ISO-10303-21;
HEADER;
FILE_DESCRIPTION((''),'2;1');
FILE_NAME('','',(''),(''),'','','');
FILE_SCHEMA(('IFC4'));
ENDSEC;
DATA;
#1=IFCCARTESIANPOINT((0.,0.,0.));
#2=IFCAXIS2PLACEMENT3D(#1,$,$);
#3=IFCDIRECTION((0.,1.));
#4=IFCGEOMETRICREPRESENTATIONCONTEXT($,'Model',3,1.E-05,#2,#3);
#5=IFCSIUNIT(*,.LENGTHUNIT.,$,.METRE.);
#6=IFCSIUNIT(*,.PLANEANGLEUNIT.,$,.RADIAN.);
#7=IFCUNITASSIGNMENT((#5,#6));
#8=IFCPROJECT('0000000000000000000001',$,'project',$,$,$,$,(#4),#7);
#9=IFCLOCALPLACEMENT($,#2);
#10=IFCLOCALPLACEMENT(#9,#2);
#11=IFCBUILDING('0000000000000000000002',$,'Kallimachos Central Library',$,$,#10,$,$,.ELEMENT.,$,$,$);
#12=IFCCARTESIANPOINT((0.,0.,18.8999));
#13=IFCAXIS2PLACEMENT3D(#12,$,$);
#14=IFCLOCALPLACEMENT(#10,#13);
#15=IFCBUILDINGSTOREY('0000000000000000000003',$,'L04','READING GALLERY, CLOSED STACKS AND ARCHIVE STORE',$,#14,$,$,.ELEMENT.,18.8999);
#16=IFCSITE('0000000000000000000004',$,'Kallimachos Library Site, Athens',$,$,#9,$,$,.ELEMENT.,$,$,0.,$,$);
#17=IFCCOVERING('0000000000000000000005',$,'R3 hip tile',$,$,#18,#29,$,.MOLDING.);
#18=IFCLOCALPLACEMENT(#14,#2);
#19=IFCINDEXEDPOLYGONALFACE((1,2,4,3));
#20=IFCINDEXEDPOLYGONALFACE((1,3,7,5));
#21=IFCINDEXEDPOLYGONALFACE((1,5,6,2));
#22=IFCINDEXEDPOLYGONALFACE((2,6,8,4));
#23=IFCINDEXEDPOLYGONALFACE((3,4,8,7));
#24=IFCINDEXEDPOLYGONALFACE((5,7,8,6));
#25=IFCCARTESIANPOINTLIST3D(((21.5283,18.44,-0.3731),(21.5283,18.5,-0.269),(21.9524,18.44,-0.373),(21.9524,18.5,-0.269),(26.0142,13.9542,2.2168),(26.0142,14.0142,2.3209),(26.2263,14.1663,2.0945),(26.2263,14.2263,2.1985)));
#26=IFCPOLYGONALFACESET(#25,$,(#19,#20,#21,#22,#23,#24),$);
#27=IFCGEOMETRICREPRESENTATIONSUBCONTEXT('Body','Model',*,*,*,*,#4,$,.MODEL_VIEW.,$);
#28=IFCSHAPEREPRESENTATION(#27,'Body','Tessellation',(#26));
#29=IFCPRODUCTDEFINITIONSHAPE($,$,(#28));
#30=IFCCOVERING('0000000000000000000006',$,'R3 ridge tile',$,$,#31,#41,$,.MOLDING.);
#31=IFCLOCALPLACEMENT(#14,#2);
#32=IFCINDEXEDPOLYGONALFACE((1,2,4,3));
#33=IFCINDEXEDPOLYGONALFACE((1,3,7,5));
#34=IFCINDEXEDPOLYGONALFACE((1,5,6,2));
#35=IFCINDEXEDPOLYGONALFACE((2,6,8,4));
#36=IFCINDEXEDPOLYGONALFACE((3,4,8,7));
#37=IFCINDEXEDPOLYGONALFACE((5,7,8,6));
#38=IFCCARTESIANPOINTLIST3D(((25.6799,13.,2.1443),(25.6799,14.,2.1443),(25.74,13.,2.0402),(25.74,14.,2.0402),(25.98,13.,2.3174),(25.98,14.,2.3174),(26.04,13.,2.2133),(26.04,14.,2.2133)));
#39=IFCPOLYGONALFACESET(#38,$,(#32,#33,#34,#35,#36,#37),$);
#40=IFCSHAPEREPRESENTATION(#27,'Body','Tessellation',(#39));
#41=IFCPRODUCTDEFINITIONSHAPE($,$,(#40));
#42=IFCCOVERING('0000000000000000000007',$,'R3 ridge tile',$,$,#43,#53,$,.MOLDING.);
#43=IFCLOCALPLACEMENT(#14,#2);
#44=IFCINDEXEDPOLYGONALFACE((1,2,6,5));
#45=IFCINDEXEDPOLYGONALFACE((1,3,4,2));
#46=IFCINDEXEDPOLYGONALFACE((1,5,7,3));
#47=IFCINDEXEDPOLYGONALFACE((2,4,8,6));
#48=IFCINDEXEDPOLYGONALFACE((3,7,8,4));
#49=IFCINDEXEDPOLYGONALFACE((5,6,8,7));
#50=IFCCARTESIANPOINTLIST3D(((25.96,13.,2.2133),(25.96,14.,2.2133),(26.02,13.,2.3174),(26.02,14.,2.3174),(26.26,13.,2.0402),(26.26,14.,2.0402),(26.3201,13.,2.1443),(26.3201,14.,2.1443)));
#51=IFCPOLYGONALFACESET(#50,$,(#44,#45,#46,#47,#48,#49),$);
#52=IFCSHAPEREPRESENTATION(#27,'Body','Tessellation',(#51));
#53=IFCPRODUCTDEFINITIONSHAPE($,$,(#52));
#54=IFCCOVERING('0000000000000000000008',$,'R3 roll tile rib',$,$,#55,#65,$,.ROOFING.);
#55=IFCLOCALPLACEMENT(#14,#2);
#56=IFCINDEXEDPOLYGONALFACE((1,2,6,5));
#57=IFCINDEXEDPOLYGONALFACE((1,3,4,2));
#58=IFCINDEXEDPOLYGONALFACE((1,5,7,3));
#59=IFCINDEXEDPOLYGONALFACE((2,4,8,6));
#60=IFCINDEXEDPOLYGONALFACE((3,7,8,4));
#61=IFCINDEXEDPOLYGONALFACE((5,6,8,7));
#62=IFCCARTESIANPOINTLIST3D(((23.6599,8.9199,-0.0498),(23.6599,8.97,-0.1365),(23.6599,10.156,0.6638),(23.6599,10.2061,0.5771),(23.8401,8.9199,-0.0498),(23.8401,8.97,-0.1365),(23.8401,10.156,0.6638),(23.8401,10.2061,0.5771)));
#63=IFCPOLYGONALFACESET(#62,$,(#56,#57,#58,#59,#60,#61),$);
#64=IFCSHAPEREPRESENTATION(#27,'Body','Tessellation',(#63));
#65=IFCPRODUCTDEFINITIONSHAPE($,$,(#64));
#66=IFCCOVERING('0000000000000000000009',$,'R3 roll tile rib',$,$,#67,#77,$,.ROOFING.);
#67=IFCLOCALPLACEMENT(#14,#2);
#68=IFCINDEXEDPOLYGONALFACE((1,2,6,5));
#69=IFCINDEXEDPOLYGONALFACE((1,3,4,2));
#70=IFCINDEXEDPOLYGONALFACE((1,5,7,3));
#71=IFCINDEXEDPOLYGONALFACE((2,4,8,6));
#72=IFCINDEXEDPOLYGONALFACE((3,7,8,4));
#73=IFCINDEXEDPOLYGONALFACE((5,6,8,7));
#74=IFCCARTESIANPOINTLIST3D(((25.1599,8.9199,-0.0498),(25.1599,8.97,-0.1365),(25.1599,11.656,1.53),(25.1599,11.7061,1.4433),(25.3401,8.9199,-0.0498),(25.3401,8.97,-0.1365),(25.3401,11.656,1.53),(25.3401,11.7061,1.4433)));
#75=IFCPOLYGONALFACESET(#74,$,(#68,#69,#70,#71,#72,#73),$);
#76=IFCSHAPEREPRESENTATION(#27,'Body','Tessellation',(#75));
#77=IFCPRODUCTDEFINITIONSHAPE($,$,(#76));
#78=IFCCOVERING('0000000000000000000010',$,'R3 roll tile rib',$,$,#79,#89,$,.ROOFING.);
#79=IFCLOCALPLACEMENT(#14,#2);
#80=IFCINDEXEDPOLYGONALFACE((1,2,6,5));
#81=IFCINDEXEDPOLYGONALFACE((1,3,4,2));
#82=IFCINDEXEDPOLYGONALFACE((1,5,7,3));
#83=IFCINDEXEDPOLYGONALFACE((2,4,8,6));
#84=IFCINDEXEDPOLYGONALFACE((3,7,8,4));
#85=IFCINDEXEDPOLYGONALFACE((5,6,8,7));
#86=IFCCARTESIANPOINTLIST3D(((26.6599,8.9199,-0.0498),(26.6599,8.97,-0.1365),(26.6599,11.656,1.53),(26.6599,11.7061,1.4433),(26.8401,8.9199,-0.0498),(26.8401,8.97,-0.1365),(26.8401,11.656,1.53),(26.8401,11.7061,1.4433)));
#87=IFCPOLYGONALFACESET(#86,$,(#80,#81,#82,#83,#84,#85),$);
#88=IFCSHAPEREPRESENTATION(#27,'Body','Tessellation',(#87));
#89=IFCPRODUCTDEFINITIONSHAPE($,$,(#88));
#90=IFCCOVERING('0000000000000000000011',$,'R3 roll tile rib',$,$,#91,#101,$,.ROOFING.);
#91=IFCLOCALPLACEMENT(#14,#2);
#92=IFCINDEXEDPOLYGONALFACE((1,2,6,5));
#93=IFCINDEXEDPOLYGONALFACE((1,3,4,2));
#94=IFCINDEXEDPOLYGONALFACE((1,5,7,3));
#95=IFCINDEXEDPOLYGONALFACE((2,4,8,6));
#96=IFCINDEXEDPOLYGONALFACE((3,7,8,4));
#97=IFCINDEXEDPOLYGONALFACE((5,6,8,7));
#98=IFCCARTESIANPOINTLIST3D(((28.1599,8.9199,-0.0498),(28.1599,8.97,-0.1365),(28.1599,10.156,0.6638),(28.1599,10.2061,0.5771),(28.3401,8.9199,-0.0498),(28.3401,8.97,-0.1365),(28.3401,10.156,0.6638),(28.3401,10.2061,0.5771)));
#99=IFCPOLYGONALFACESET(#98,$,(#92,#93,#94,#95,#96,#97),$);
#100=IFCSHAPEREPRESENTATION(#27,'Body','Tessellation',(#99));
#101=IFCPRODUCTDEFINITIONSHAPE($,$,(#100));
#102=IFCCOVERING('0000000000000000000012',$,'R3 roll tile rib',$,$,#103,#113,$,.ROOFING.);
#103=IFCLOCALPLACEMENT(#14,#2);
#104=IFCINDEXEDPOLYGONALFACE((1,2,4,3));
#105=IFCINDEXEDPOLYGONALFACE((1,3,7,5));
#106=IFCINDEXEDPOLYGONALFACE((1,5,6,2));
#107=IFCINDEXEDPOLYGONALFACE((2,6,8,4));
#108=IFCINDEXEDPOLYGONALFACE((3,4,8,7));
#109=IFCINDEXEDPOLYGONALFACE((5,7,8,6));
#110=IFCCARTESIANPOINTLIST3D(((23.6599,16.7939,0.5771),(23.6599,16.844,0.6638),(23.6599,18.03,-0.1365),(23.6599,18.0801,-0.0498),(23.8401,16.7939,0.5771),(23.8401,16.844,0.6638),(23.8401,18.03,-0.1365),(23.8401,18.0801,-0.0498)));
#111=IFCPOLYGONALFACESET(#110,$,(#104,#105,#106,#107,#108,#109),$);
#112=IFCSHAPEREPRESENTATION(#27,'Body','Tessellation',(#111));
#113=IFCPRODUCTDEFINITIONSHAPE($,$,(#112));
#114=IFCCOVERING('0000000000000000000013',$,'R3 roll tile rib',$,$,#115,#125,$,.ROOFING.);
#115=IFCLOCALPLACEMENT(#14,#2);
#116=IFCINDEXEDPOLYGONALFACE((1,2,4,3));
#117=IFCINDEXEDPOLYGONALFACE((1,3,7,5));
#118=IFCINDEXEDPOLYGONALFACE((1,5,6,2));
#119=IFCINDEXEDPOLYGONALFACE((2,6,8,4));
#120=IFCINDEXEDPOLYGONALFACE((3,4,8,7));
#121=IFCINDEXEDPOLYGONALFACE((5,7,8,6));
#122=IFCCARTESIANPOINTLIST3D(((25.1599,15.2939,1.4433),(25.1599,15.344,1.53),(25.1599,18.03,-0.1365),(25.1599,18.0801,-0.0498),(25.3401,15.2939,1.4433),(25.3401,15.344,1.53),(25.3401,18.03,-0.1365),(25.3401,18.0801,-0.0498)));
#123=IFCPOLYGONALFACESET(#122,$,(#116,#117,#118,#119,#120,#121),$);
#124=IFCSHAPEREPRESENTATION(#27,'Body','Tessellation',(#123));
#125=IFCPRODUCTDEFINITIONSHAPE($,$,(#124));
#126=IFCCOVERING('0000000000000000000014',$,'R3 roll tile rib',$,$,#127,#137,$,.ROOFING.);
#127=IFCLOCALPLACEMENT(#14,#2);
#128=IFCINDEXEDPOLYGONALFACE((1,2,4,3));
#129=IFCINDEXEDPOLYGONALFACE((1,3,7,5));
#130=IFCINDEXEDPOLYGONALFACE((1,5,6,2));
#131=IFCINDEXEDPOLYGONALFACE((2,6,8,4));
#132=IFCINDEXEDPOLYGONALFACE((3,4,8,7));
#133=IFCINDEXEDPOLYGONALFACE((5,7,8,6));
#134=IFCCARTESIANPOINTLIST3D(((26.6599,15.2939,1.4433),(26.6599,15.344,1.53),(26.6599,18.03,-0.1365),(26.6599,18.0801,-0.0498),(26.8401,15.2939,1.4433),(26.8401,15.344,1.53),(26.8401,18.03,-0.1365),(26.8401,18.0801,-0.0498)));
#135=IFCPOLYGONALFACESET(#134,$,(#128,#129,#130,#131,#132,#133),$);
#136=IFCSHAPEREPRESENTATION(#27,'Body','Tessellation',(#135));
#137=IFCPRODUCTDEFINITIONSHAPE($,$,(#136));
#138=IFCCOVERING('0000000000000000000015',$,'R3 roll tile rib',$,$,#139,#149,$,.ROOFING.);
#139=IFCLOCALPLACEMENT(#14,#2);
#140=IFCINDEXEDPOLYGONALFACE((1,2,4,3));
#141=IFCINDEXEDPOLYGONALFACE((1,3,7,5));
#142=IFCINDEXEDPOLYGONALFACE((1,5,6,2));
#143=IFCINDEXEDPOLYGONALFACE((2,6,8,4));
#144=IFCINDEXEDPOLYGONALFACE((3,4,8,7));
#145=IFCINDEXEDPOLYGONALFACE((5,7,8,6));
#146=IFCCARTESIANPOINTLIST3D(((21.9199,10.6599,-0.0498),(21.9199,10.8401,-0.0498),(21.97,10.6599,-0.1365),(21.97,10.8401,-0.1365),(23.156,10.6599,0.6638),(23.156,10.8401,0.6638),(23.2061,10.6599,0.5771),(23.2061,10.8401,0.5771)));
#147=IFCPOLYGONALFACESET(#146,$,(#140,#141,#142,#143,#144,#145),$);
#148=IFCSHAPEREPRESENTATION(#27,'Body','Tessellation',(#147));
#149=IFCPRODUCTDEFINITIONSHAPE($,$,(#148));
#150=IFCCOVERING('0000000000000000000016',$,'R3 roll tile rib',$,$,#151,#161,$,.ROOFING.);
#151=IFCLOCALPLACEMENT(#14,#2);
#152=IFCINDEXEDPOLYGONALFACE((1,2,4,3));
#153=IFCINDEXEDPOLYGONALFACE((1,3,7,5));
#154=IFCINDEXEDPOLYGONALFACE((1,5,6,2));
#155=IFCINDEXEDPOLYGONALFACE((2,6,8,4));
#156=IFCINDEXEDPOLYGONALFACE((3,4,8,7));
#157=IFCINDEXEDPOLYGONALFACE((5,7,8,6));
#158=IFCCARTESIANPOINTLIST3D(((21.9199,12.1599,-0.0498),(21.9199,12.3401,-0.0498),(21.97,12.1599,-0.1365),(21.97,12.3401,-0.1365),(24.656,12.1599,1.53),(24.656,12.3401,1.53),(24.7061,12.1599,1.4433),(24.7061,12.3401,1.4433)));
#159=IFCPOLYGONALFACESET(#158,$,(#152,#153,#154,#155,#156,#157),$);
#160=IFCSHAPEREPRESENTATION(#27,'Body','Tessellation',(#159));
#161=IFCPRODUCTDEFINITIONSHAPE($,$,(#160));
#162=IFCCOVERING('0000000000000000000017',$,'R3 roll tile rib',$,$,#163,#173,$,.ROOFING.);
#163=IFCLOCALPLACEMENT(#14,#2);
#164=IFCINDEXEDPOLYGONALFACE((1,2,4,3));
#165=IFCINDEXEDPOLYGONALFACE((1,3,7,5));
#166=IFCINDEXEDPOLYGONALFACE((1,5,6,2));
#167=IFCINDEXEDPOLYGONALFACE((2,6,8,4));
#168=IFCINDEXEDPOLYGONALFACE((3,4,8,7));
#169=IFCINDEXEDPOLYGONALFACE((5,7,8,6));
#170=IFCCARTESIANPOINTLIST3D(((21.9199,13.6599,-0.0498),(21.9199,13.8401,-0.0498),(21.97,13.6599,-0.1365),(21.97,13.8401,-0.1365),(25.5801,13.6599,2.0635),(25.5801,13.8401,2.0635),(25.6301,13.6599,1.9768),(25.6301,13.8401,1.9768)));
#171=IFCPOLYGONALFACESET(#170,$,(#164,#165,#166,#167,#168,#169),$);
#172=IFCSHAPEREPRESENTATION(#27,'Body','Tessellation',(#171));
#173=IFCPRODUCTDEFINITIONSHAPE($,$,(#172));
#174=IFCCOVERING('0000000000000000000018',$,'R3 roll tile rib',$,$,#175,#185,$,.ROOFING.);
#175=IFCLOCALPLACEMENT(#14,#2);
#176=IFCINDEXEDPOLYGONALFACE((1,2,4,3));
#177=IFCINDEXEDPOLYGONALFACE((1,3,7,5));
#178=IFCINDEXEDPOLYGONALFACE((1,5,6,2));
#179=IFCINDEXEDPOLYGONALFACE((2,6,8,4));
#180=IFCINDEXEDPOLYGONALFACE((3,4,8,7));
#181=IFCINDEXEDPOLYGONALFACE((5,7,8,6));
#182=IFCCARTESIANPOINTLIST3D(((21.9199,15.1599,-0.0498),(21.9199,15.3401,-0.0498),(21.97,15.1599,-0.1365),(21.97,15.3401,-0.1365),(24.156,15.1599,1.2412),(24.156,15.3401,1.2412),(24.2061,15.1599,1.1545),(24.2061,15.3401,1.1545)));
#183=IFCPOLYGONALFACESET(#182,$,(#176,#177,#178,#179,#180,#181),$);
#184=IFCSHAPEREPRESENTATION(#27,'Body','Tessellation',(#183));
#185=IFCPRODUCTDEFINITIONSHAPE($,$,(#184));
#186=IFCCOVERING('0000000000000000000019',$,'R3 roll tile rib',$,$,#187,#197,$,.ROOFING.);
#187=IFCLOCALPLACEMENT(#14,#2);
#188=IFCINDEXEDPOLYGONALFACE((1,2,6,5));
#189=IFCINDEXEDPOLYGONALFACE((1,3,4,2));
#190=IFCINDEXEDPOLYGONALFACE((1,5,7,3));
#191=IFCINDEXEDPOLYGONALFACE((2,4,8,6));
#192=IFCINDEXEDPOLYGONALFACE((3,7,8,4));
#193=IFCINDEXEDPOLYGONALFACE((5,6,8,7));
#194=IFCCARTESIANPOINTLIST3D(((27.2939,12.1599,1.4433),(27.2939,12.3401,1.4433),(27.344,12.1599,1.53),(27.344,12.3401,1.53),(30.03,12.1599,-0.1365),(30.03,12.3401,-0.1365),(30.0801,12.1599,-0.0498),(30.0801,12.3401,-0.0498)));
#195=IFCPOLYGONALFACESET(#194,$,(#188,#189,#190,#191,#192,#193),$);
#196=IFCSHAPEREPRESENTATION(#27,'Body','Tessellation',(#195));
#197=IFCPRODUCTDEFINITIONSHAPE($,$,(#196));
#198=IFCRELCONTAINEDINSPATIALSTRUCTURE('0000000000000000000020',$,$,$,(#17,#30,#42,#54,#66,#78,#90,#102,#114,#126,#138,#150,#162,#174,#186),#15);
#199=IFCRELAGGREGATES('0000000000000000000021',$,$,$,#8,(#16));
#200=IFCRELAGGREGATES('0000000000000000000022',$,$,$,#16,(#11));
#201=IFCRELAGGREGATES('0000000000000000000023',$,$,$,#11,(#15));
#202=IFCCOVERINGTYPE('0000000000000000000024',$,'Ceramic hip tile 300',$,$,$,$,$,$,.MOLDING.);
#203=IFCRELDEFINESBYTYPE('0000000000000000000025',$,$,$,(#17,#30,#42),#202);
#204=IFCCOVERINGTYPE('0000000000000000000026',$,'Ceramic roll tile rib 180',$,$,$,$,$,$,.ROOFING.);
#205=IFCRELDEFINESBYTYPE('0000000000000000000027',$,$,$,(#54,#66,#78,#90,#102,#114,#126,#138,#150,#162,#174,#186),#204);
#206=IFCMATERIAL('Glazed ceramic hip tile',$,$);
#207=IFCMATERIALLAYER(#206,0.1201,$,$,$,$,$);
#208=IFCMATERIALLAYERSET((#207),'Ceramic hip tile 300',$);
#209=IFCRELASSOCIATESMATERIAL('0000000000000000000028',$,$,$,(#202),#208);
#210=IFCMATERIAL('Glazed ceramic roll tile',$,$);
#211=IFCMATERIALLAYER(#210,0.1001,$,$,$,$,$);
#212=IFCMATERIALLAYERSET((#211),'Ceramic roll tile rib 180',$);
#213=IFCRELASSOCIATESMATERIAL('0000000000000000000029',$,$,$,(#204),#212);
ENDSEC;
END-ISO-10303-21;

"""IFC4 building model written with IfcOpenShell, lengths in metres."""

from ifc_helpers import new_model, si_unit, direction, frame, origin, place, context, subcontext, project, spatial, polyline, outline, extrude, material, layer, layer_set, type_object, element, save


model = new_model("IFC4")

# Units and contexts
model_context = context("Model", 3, precision=1e-05, world=origin(), true_north=direction((0.0, 1.0)))
body_context = subcontext(model_context, "Body", "Model", "MODEL_VIEW")
ifc_project = project(units=[si_unit("LENGTHUNIT", "METRE"), si_unit("PLANEANGLEUNIT", "RADIAN")], contexts=[model_context])

# Site, building, storey
site_placement = place(None, origin())
site = spatial("IfcSite", under=ifc_project, at=site_placement, Name="Kallimachos Library Site, Athens", CompositionType="ELEMENT", RefElevation=0.0)
building_placement = place(site_placement, origin())
building = spatial("IfcBuilding", under=site, at=building_placement, Name="Kallimachos Central Library", CompositionType="ELEMENT")
storey_placement = place(building_placement, frame((0.0, 0.0, 18.8999)))
storey = spatial("IfcBuildingStorey", under=building, at=storey_placement, Name="L04", Description="READING GALLERY, CLOSED STACKS AND ARCHIVE STORE", CompositionType="ELEMENT", Elevation=18.8999)

# Coverings
ifc_material_1 = material(Name="Glazed ceramic hip tile")
ifc_layer_1 = layer(ifc_material_1, 0.1201)
ifc_layer_set_1 = layer_set([ifc_layer_1], Name="Ceramic hip tile 300")
covering_type_1 = type_object("IfcCoveringType", Name="Ceramic hip tile 300", PredefinedType="MOLDING", material=ifc_layer_set_1)
covering_1_placement = place(storey_placement, frame((21.5283, 18.5, -0.269), z_axis=(-0.00018, 0.499869, 0.866101), x_axis=(1.0, 0.00009, 0.000156)))
element("IfcCovering", 1, at=covering_1_placement, inside=storey, type_object=covering_type_1, Name="R3 hip tile", PredefinedType="MOLDING", context=body_context, shape_type="SweptSolid", body=[
    extrude(outline(polyline([(0.0, 0.0), (0.4241, 0.0), (4.698, -4.9349), (4.4858, -5.1798), (0.0, 0.0)])), origin(), (0.0, 0.0, -1.0), 0.1201),
])
covering_2_placement = place(storey_placement, frame((25.6799, 13.0, 2.1443), z_axis=(-0.499702, 0.0, 0.866197), x_axis=(0.0, 1.0, 0.0)))
element("IfcCovering", 2, at=covering_2_placement, inside=storey, type_object=covering_type_1, Name="R3 ridge tile", PredefinedType="MOLDING", context=body_context, shape_type="SweptSolid", body=[
    extrude(outline(polyline([(0.0, 0.0), (1.0, 0.0), (1.0, -0.3464), (0.0, -0.3464), (0.0, 0.0)])), origin(), (0.0, 0.0, -1.0), 0.1201),
])
covering_3_placement = place(storey_placement, frame((26.02, 14.0, 2.3174), z_axis=(0.499702, 0.0, 0.866197), x_axis=(0.866197, 0.0, -0.499702)))
element("IfcCovering", 3, at=covering_3_placement, inside=storey, type_object=covering_type_1, Name="R3 ridge tile", PredefinedType="MOLDING", context=body_context, shape_type="SweptSolid", body=[
    extrude(outline(polyline([(0.0, 0.0), (0.3464, 0.0), (0.3464, -1.0), (0.0, -1.0), (0.0, 0.0)])), origin(), (0.0, 0.0, -1.0), 0.1201),
])
ifc_material_2 = material(Name="Glazed ceramic roll tile")
ifc_layer_2 = layer(ifc_material_2, 0.1001)
ifc_layer_set_2 = layer_set([ifc_layer_2], Name="Ceramic roll tile rib 180")
covering_type_2 = type_object("IfcCoveringType", Name="Ceramic roll tile rib 180", PredefinedType="ROOFING", material=ifc_layer_set_2)
covering_4_placement = place(storey_placement, frame((23.6599, 8.9199, -0.0498), z_axis=(0.0, -0.499984, 0.866035), x_axis=(0.0, 0.866035, 0.499984)))
element("IfcCovering", 4, at=covering_4_placement, inside=storey, type_object=covering_type_2, Name="R3 roll tile rib", PredefinedType="ROOFING", context=body_context, shape_type="SweptSolid", body=[
    extrude(outline(polyline([(0.0, 0.0), (1.4273, 0.0), (1.4273, -0.1802), (0.0, -0.1802), (0.0, 0.0)])), origin(), (0.0, 0.0, -1.0), 0.1001),
])
for number, where, z_axis, x_axis, name in (
    (5, (25.1599, 8.9199, -0.0498), (0.0, -0.500037, 0.866004), (0.0, 0.866004, 0.500037), "R3 roll tile rib"),
    (6, (26.6599, 8.9199, -0.0498), (0.0, -0.500037, 0.866004), (0.0, 0.866004, 0.500037), "R3 roll tile rib"),
):
    element("IfcCovering", number, at=place(storey_placement, frame(where, z_axis=z_axis, x_axis=x_axis)), inside=storey, type_object=covering_type_2, Name=name, PredefinedType="ROOFING", context=body_context, shape_type="SweptSolid", body=[
        extrude(outline(polyline([(0.0, 0.0), (3.1594, 0.0), (3.1594, -0.1802), (0.0, -0.1802), (0.0, 0.0)])), origin(), (0.0, 0.0, -1.0), 0.1001),
    ])
for number, where, z_axis, x_axis, name in (
    (7, (28.1599, 8.9199, -0.0498), (0.0, -0.499984, 0.866035), (0.0, 0.866035, 0.499984), "R3 roll tile rib"),
    (8, (23.6599, 16.844, 0.6638), (0.0, 0.499984, 0.866035), (0.0, 0.866035, -0.499984), "R3 roll tile rib"),
):
    element("IfcCovering", number, at=place(storey_placement, frame(where, z_axis=z_axis, x_axis=x_axis)), inside=storey, type_object=covering_type_2, Name=name, PredefinedType="ROOFING", context=body_context, shape_type="SweptSolid", body=[
        extrude(outline(polyline([(0.0, 0.0), (1.4273, 0.0), (1.4273, -0.1802), (0.0, -0.1802), (0.0, 0.0)])), origin(), (0.0, 0.0, -1.0), 0.1001),
    ])
for number, where, z_axis, x_axis, name in (
    (9, (25.1599, 15.344, 1.53), (0.0, 0.500037, 0.866004), (0.0, 0.866004, -0.500037), "R3 roll tile rib"),
    (10, (26.6599, 15.344, 1.53), (0.0, 0.500037, 0.866004), (0.0, 0.866004, -0.500037), "R3 roll tile rib"),
):
    element("IfcCovering", number, at=place(storey_placement, frame(where, z_axis=z_axis, x_axis=x_axis)), inside=storey, type_object=covering_type_2, Name=name, PredefinedType="ROOFING", context=body_context, shape_type="SweptSolid", body=[
        extrude(outline(polyline([(0.0, 0.0), (3.1594, 0.0), (3.1594, -0.1802), (0.0, -0.1802), (0.0, 0.0)])), origin(), (0.0, 0.0, -1.0), 0.1001),
    ])
covering_5_placement = place(storey_placement, frame((21.9199, 10.6599, -0.0498), z_axis=(-0.499984, 0.0, 0.866035), x_axis=(0.866035, 0.0, 0.499984)))
element("IfcCovering", 11, at=covering_5_placement, inside=storey, type_object=covering_type_2, Name="R3 roll tile rib", PredefinedType="ROOFING", context=body_context, shape_type="SweptSolid", body=[
    extrude(outline(polyline([(0.0, 0.0), (1.4273, 0.0), (1.4273, 0.1802), (0.0, 0.1802), (0.0, 0.0)])), origin(), (0.0, 0.0, -1.0), 0.1001),
])
covering_6_placement = place(storey_placement, frame((21.9199, 12.1599, -0.0498), z_axis=(-0.500037, 0.0, 0.866004), x_axis=(0.866004, 0.0, 0.500037)))
element("IfcCovering", 12, at=covering_6_placement, inside=storey, type_object=covering_type_2, Name="R3 roll tile rib", PredefinedType="ROOFING", context=body_context, shape_type="SweptSolid", body=[
    extrude(outline(polyline([(0.0, 0.0), (3.1594, 0.0), (3.1594, 0.1802), (0.0, 0.1802), (0.0, 0.0)])), origin(), (0.0, 0.0, -1.0), 0.1001),
])
covering_7_placement = place(storey_placement, frame((21.9199, 13.6599, -0.0498), z_axis=(-0.500016, 0.0, 0.866016), x_axis=(0.866016, 0.0, 0.500016)))
element("IfcCovering", 13, at=covering_7_placement, inside=storey, type_object=covering_type_2, Name="R3 roll tile rib", PredefinedType="ROOFING", context=body_context, shape_type="SweptSolid", body=[
    extrude(outline(polyline([(0.0, 0.0), (4.2264, 0.0), (4.2264, 0.1802), (0.0, 0.1802), (0.0, 0.0)])), origin(), (0.0, 0.0, -1.0), 0.1001),
])
covering_8_placement = place(storey_placement, frame((21.9199, 15.1599, -0.0498), z_axis=(-0.500003, 0.0, 0.866023), x_axis=(0.866023, 0.0, 0.500003)))
element("IfcCovering", 14, at=covering_8_placement, inside=storey, type_object=covering_type_2, Name="R3 roll tile rib", PredefinedType="ROOFING", context=body_context, shape_type="SweptSolid", body=[
    extrude(outline(polyline([(0.0, 0.0), (2.582, 0.0), (2.582, 0.1802), (0.0, 0.1802), (0.0, 0.0)])), origin(), (0.0, 0.0, -1.0), 0.1001),
])
covering_9_placement = place(storey_placement, frame((27.344, 12.1599, 1.53), z_axis=(0.500037, 0.0, 0.866004), x_axis=(0.866004, 0.0, -0.500037)))
element("IfcCovering", 15, at=covering_9_placement, inside=storey, type_object=covering_type_2, Name="R3 roll tile rib", PredefinedType="ROOFING", context=body_context, shape_type="SweptSolid", body=[
    extrude(outline(polyline([(0.0, 0.0), (3.1594, 0.0), (3.1594, 0.1802), (0.0, 0.1802), (0.0, 0.0)])), origin(), (0.0, 0.0, -1.0), 0.1001),
])

save(model, "model.ifc")
